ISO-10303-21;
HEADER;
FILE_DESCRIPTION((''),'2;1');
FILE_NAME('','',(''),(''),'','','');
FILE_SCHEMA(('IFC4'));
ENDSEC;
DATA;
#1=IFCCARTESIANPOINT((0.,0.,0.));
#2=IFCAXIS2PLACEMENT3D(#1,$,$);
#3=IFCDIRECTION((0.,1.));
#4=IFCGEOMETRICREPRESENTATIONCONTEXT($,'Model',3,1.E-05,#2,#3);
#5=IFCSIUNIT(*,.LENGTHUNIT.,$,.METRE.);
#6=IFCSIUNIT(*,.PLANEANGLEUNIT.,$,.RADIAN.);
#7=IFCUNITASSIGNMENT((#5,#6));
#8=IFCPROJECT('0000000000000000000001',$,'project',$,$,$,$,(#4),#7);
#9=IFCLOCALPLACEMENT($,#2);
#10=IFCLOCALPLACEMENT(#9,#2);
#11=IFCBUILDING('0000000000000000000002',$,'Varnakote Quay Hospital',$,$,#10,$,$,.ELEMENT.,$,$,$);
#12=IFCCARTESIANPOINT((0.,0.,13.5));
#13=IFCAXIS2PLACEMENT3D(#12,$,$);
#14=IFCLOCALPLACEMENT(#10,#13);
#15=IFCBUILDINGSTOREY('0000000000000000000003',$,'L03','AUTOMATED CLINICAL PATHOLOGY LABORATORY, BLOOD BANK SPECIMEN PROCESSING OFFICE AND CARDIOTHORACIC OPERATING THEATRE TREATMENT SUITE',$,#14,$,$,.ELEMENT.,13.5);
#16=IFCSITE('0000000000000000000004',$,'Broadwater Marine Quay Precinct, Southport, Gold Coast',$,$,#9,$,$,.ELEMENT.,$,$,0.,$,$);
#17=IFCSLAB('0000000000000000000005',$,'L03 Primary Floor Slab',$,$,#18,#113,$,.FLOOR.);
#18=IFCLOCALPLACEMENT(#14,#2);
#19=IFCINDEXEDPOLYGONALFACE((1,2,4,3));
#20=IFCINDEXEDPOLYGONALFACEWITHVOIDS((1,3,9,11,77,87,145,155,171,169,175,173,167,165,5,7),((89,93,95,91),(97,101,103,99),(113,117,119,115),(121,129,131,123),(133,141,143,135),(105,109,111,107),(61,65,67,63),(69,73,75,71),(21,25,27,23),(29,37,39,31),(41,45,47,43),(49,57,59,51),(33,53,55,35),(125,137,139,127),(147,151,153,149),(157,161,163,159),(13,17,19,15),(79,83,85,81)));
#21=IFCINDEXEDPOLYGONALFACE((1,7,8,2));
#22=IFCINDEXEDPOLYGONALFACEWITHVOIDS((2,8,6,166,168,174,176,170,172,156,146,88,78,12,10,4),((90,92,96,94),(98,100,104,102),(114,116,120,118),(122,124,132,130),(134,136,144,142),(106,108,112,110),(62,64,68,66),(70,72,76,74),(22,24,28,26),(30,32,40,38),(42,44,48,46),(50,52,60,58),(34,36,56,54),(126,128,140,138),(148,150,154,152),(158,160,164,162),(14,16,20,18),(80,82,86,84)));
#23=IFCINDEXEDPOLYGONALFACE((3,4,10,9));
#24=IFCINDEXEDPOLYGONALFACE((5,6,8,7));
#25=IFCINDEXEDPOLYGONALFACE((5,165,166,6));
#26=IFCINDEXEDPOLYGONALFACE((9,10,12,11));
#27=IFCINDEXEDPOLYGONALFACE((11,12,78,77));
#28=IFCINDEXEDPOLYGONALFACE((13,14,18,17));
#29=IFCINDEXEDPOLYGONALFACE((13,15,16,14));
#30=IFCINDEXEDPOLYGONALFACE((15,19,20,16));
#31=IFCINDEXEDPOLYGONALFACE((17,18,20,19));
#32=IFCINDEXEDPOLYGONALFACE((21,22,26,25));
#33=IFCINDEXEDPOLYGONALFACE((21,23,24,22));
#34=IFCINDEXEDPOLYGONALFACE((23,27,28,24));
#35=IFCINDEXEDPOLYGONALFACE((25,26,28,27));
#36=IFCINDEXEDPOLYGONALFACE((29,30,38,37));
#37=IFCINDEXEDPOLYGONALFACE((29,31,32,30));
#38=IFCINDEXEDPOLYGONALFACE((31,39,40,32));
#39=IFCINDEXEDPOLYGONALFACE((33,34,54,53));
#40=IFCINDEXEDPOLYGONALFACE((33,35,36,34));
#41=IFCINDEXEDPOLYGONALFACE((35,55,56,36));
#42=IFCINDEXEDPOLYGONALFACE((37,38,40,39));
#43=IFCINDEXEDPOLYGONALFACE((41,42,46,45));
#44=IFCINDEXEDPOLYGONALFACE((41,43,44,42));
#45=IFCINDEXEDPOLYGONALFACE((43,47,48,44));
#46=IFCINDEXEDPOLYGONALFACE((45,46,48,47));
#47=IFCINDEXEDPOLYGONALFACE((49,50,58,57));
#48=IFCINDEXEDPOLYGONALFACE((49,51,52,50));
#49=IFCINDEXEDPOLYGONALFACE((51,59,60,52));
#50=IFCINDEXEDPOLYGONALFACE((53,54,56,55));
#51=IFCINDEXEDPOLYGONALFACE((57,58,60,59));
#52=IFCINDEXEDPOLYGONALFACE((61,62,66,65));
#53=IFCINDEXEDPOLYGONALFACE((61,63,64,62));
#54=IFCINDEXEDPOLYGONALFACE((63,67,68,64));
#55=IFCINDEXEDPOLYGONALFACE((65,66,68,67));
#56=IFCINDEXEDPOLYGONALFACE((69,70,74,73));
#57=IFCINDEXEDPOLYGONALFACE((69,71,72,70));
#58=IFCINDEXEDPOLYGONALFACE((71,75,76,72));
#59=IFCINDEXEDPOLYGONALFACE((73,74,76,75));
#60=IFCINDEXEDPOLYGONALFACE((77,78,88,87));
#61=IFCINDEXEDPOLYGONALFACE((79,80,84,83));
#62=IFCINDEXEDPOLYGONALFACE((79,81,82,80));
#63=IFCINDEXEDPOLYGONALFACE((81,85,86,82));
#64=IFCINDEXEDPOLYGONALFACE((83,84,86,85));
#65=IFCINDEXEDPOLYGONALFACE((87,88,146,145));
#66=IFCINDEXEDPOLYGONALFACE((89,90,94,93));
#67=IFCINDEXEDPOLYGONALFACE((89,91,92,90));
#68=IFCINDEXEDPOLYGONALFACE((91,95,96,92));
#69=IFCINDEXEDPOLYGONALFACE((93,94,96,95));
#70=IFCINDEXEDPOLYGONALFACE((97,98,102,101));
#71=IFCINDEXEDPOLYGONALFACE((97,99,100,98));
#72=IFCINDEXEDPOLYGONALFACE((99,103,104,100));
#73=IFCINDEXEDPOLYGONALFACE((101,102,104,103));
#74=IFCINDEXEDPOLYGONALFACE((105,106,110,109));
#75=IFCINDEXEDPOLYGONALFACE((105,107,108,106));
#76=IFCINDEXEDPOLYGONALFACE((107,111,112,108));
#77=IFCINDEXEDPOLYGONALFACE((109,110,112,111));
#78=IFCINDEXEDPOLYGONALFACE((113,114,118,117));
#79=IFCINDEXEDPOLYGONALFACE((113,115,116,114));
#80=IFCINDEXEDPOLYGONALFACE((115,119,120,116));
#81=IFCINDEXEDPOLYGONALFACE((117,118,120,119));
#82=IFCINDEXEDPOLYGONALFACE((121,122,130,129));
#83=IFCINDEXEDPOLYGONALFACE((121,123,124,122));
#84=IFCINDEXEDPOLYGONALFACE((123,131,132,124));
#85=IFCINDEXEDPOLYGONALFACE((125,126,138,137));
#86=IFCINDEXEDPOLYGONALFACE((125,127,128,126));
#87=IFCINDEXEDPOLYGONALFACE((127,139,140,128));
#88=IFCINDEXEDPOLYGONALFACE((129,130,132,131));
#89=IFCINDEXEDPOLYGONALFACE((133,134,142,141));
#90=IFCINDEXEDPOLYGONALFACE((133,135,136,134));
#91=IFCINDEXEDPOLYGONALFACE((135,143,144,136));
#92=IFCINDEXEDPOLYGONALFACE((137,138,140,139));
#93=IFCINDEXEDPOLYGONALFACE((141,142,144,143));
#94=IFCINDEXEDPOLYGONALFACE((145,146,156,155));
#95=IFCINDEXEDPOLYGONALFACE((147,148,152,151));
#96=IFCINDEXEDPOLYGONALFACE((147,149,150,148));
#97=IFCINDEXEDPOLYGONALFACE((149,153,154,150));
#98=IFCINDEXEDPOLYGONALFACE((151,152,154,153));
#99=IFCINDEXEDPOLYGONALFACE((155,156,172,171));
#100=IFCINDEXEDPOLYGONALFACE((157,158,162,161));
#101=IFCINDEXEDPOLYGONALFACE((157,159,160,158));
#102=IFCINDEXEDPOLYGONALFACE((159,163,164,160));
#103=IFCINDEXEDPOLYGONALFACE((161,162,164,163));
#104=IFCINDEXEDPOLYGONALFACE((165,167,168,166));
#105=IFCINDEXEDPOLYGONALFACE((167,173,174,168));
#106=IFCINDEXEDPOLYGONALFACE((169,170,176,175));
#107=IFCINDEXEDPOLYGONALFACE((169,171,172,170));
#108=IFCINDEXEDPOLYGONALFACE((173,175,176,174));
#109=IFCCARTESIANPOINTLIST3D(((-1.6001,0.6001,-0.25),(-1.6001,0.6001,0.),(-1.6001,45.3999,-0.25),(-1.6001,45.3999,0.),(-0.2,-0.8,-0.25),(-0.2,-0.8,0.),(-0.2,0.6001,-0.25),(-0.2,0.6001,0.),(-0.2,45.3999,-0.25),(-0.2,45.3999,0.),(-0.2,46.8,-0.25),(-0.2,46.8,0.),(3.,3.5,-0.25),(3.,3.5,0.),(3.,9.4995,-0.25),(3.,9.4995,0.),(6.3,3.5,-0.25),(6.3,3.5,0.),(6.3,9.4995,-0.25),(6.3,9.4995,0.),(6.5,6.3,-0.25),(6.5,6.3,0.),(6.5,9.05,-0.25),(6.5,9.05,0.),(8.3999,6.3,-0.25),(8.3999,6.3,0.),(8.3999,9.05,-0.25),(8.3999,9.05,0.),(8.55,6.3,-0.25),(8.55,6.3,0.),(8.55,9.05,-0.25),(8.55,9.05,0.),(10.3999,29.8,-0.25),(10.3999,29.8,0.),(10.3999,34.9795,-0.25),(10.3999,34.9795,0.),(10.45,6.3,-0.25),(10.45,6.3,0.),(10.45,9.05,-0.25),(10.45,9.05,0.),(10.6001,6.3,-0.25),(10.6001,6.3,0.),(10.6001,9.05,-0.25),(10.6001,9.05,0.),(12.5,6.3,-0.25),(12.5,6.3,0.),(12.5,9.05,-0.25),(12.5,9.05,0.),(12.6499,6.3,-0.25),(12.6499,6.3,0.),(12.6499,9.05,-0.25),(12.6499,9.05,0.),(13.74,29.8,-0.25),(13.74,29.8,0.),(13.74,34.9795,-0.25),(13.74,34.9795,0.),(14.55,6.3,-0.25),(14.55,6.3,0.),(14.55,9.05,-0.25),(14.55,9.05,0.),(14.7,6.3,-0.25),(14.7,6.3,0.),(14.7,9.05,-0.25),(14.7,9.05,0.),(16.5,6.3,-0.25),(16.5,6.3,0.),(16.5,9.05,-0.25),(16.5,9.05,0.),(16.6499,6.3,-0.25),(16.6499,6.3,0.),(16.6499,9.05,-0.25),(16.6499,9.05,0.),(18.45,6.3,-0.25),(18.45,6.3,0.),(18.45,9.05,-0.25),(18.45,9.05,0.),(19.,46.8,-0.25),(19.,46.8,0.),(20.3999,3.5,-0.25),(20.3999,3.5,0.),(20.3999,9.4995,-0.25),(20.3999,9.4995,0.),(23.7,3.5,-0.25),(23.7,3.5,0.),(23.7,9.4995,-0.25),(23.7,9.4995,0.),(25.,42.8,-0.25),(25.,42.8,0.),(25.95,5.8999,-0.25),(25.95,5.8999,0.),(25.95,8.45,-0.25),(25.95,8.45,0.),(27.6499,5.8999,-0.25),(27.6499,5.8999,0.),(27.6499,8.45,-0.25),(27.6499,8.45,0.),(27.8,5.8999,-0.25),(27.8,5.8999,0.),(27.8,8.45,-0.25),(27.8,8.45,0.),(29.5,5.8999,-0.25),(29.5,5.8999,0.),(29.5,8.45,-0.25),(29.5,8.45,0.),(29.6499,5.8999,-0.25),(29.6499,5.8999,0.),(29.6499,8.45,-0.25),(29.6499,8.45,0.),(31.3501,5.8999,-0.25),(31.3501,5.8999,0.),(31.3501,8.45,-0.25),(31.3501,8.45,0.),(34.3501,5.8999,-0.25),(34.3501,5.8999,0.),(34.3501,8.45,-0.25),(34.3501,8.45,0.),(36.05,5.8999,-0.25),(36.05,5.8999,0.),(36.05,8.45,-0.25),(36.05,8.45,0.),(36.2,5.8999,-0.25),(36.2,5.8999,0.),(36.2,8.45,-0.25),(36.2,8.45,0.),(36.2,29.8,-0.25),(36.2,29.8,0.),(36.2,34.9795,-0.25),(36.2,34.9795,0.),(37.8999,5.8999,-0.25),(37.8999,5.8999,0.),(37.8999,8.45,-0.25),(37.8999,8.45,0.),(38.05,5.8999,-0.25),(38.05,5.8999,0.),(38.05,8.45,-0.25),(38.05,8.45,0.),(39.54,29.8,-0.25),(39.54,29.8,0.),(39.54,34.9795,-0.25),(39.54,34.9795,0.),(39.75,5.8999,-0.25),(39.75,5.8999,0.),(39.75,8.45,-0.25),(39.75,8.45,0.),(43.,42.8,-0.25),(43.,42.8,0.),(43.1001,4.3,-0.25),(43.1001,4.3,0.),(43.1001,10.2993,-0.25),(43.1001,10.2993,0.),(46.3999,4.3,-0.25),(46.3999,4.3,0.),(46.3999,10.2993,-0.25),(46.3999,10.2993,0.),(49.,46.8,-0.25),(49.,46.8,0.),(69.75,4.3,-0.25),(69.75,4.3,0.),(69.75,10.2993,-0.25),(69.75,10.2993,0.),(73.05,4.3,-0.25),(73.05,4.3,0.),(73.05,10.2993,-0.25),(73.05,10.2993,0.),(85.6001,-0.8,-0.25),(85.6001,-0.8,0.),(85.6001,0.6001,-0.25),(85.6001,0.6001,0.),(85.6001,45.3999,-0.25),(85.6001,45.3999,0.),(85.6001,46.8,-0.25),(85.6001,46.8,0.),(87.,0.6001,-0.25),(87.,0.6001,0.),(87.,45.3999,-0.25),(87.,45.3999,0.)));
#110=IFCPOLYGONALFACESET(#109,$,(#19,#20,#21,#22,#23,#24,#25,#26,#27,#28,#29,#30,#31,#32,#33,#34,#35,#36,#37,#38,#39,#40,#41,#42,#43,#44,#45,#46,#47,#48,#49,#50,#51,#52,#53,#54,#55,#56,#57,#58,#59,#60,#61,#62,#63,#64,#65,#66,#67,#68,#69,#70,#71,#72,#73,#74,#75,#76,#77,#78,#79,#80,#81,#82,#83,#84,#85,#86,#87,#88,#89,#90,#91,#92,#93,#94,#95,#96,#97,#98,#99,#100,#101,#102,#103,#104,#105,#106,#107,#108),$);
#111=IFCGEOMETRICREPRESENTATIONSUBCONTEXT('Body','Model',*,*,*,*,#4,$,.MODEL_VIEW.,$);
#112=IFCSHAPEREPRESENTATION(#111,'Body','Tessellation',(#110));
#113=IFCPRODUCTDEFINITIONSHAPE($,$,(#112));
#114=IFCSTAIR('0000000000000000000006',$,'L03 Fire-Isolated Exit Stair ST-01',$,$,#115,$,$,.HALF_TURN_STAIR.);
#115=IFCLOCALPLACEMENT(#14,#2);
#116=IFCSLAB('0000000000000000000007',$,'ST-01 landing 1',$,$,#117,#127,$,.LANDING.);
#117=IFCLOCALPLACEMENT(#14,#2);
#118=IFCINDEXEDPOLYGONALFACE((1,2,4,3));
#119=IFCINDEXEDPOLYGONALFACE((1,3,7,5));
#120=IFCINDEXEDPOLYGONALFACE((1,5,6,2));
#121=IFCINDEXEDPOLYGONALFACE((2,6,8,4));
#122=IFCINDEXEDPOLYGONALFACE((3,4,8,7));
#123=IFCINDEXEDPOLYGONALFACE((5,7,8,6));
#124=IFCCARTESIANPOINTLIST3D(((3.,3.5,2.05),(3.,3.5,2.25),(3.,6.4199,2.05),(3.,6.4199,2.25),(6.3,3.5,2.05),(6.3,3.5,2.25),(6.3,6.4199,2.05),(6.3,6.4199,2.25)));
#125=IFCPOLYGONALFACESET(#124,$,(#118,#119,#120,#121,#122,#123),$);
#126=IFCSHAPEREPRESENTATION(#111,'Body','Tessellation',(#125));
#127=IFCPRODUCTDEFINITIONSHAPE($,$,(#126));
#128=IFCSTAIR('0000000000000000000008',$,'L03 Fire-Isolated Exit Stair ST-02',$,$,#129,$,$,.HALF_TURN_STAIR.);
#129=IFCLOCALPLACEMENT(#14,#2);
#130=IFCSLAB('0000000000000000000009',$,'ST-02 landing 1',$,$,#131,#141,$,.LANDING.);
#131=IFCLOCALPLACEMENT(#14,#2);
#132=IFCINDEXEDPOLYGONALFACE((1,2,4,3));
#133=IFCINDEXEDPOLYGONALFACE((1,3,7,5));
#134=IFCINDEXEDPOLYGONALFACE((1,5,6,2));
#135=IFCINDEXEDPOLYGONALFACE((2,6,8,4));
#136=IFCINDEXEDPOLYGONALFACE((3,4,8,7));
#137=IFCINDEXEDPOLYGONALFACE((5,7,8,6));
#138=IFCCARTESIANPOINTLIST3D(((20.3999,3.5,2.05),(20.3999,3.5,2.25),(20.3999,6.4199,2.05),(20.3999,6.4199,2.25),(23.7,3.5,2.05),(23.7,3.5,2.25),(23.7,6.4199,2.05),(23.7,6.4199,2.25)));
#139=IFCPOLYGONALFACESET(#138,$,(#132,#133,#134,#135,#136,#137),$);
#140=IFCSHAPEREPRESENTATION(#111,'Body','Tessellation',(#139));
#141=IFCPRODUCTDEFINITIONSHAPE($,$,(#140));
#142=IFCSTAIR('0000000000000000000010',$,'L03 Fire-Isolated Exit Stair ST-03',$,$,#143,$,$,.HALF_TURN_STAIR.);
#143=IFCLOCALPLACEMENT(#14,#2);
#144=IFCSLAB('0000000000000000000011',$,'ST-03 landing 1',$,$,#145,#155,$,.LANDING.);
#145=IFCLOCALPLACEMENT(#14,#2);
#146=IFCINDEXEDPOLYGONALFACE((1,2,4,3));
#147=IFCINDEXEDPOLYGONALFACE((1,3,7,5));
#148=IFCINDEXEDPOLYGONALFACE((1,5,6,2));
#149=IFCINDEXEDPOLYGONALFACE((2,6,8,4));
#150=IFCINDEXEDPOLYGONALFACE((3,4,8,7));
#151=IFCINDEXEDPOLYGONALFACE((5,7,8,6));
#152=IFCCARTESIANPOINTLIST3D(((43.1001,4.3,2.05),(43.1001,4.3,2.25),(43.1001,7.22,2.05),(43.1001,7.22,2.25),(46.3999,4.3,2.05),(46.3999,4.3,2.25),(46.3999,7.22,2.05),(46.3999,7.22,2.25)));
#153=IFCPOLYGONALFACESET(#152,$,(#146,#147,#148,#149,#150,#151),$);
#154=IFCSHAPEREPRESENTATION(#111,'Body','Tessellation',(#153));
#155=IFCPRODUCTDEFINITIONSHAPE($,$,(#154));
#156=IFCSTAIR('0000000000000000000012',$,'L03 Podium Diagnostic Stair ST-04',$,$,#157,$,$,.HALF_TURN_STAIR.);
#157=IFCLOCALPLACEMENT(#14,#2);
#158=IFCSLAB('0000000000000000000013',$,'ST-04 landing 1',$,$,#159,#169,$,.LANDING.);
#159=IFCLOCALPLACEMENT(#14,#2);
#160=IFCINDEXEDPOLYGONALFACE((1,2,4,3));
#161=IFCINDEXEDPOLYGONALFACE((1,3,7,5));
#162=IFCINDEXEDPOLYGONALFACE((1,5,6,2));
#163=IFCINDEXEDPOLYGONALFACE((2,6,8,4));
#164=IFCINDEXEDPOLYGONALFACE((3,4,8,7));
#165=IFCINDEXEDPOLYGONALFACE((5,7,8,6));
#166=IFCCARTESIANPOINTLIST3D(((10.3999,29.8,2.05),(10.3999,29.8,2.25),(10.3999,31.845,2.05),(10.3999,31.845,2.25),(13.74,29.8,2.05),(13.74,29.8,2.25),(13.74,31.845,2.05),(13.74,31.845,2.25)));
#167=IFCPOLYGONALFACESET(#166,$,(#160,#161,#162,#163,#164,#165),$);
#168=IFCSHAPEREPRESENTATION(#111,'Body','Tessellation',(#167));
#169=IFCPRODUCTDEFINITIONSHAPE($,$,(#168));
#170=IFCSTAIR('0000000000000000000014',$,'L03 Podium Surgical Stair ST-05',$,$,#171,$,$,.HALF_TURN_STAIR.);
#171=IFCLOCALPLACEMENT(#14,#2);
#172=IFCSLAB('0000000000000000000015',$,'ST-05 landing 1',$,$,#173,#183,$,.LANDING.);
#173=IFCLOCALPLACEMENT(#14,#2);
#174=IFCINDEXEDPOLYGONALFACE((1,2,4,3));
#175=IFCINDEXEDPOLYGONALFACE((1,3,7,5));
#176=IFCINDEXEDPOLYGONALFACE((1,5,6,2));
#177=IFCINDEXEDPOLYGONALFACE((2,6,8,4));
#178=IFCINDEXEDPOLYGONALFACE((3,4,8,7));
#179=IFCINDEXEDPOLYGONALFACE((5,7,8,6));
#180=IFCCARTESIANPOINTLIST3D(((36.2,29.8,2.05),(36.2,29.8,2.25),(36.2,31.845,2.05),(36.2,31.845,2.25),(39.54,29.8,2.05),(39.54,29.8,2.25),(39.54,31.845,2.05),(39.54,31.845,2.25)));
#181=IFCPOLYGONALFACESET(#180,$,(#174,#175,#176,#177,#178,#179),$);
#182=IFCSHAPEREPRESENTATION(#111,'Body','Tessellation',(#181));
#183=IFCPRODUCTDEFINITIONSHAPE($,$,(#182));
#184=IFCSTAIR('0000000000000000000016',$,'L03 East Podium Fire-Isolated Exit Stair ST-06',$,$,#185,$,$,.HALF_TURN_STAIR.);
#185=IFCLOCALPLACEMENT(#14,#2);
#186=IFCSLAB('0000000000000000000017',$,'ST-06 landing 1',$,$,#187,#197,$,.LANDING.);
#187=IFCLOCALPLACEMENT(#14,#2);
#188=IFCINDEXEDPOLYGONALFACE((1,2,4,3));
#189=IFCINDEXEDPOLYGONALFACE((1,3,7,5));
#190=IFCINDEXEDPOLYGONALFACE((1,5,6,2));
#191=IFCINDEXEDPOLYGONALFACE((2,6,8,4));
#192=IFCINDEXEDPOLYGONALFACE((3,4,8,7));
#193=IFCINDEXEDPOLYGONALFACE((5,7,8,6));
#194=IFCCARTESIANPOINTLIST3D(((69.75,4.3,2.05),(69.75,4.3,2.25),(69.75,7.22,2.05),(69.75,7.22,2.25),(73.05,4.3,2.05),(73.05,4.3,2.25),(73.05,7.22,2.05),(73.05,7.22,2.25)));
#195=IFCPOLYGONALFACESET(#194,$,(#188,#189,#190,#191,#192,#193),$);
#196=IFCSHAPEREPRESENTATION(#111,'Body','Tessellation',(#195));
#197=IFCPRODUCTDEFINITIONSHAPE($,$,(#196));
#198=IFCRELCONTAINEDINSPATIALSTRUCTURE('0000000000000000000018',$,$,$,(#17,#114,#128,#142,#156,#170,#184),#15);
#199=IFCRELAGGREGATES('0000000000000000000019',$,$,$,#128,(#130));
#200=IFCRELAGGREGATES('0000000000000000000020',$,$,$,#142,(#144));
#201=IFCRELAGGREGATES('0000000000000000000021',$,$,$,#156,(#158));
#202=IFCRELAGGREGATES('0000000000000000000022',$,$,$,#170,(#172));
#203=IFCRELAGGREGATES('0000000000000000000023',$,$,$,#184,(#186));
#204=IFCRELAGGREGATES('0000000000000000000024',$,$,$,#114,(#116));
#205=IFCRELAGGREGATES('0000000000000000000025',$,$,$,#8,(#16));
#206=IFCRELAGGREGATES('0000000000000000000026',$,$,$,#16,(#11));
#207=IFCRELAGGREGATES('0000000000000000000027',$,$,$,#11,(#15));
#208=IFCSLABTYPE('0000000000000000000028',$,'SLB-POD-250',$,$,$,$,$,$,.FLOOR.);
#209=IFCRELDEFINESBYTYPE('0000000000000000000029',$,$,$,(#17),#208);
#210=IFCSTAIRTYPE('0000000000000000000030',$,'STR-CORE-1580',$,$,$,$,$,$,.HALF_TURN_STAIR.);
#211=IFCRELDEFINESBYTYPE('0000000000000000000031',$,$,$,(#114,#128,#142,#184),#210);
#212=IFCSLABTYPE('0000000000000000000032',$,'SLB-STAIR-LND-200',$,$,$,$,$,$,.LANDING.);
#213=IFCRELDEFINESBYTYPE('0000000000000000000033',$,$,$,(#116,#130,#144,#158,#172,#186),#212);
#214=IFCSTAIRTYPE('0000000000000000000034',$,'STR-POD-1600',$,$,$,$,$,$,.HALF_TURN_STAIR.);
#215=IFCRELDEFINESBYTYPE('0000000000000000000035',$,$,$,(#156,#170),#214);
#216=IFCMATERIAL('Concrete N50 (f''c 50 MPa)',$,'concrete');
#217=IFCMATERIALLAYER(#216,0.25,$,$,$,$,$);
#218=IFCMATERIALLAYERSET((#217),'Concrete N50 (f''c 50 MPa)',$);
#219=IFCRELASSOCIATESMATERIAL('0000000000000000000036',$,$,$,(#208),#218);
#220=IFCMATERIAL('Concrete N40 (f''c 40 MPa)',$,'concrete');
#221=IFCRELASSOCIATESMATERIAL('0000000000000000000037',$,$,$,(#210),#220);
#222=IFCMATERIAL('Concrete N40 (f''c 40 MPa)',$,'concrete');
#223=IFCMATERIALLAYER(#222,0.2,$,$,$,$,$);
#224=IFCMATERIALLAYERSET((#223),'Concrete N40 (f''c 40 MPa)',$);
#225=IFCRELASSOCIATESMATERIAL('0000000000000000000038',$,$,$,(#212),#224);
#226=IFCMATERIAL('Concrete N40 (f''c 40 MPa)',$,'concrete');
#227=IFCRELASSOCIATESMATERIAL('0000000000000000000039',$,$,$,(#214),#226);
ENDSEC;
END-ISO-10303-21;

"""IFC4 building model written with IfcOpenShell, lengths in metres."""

from ifc_helpers import new_model, si_unit, direction, frame, origin, place, context, subcontext, project, spatial, polyline, outline, extrude, material, layer, layer_set, type_object, element, aggregate, save


model = new_model("IFC4")

# Units and contexts
model_context = context("Model", 3, precision=1e-05, world=origin(), true_north=direction((0.0, 1.0)))
body_context = subcontext(model_context, "Body", "Model", "MODEL_VIEW")
ifc_project = project(units=[si_unit("LENGTHUNIT", "METRE"), si_unit("PLANEANGLEUNIT", "RADIAN")], contexts=[model_context])

# Site, building, storey
site_placement = place(None, origin())
site = spatial("IfcSite", under=ifc_project, at=site_placement, Name="Broadwater Marine Quay Precinct, Southport, Gold Coast", CompositionType="ELEMENT", RefElevation=0.0)
building_placement = place(site_placement, origin())
building = spatial("IfcBuilding", under=site, at=building_placement, Name="Varnakote Quay Hospital", CompositionType="ELEMENT")
storey_placement = place(building_placement, frame((0.0, 0.0, 13.5)))
storey = spatial("IfcBuildingStorey", under=building, at=storey_placement, Name="L03", Description="AUTOMATED CLINICAL PATHOLOGY LABORATORY, BLOOD BANK SPECIMEN PROCESSING OFFICE AND CARDIOTHORACIC OPERATING THEATRE TREATMENT SUITE", CompositionType="ELEMENT", Elevation=13.5)

# Slab
ifc_material_1 = material(Name="Concrete N50 (f'c 50 MPa)", Category="concrete")
ifc_layer_1 = layer(ifc_material_1, 0.25)
ifc_layer_set_1 = layer_set([ifc_layer_1], Name="Concrete N50 (f'c 50 MPa)")
slab_type_1 = type_object("IfcSlabType", Name="SLB-POD-250", PredefinedType="FLOOR", material=ifc_layer_set_1)
slab_1_placement = place(storey_placement, frame((0.0, 0.0, -0.25)))
element("IfcSlab", 1, at=slab_1_placement, inside=storey, type_object=slab_type_1, Name="L03 Primary Floor Slab", PredefinedType="FLOOR", context=body_context, shape_type="SweptSolid", body=[
    extrude(outline(polyline([(-1.6001, 0.6001), (-0.2, 0.6001), (-0.2, -0.8), (85.6001, -0.8), (85.6001, 0.6001), (87.0, 0.6001), (87.0, 45.3999), (85.6001, 45.3999), (85.6001, 46.8), (49.0, 46.8), (43.0, 42.8), (25.0, 42.8), (19.0, 46.8), (-0.2, 46.8), (-0.2, 45.3999), (-1.6001, 45.3999), (-1.6001, 0.6001)]), holes=[polyline([(3.0, 3.5), (6.3, 3.5), (6.3, 9.4995), (3.0, 9.4995), (3.0, 3.5)]), polyline([(20.3999, 3.5), (23.7, 3.5), (23.7, 9.4995), (20.3999, 9.4995), (20.3999, 3.5)]), polyline([(43.1001, 4.3), (46.3999, 4.3), (46.3999, 10.2993), (43.1001, 10.2993), (43.1001, 4.3)]), polyline([(10.3999, 29.8), (13.74, 29.8), (13.74, 34.9795), (10.3999, 34.9795), (10.3999, 29.8)]), polyline([(36.2, 29.8), (39.54, 29.8), (39.54, 34.9795), (36.2, 34.9795), (36.2, 29.8)]), polyline([(69.75, 4.3), (73.05, 4.3), (73.05, 10.2993), (69.75, 10.2993), (69.75, 4.3)]), polyline([(6.5, 6.3), (8.3999, 6.3), (8.3999, 9.05), (6.5, 9.05), (6.5, 6.3)]), polyline([(8.55, 6.3), (10.45, 6.3), (10.45, 9.05), (8.55, 9.05), (8.55, 6.3)]), polyline([(10.6001, 6.3), (12.5, 6.3), (12.5, 9.05), (10.6001, 9.05), (10.6001, 6.3)]), polyline([(12.6499, 6.3), (14.55, 6.3), (14.55, 9.05), (12.6499, 9.05), (12.6499, 6.3)]), polyline([(14.7, 6.3), (16.5, 6.3), (16.5, 9.05), (14.7, 9.05), (14.7, 6.3)]), polyline([(16.6499, 6.3), (18.45, 6.3), (18.45, 9.05), (16.6499, 9.05), (16.6499, 6.3)]), polyline([(25.95, 5.8999), (27.6499, 5.8999), (27.6499, 8.45), (25.95, 8.45), (25.95, 5.8999)]), polyline([(27.8, 5.8999), (29.5, 5.8999), (29.5, 8.45), (27.8, 8.45), (27.8, 5.8999)]), polyline([(29.6499, 5.8999), (31.3501, 5.8999), (31.3501, 8.45), (29.6499, 8.45), (29.6499, 5.8999)]), polyline([(34.3501, 5.8999), (36.05, 5.8999), (36.05, 8.45), (34.3501, 8.45), (34.3501, 5.8999)]), polyline([(36.2, 5.8999), (37.8999, 5.8999), (37.8999, 8.45), (36.2, 8.45), (36.2, 5.8999)]), polyline([(38.05, 5.8999), (39.75, 5.8999), (39.75, 8.45), (38.05, 8.45), (38.05, 5.8999)])]), origin(), (0.0, 0.0, 1.0), 0.25),
])

# Stairs, slabs
ifc_material_2 = material(Name="Concrete N40 (f'c 40 MPa)", Category="concrete")
stair_type_1 = type_object("IfcStairType", Name="STR-CORE-1580", PredefinedType="HALF_TURN_STAIR", material=ifc_material_2)
stair_1_placement = place(storey_placement, origin())
stair_1 = element("IfcStair", 2, at=stair_1_placement, inside=storey, type_object=stair_type_1, Name="L03 Fire-Isolated Exit Stair ST-01", PredefinedType="HALF_TURN_STAIR")
ifc_material_3 = material(Name="Concrete N40 (f'c 40 MPa)", Category="concrete")
ifc_layer_2 = layer(ifc_material_3, 0.2)
ifc_layer_set_2 = layer_set([ifc_layer_2], Name="Concrete N40 (f'c 40 MPa)")
slab_type_2 = type_object("IfcSlabType", Name="SLB-STAIR-LND-200", PredefinedType="LANDING", material=ifc_layer_set_2)
slab_2_placement = place(storey_placement, frame((0.0, 0.0, 2.05)))
slab_2 = element("IfcSlab", 3, at=slab_2_placement, type_object=slab_type_2, Name="ST-01 landing 1", PredefinedType="LANDING", context=body_context, shape_type="SweptSolid", body=[
    extrude(outline(polyline([(3.0, 6.4199), (3.0, 3.5), (6.3, 3.5), (6.3, 6.4199), (3.0, 6.4199)])), origin(), (0.0, 0.0, 1.0), 0.2),
])
stair_2_placement = place(storey_placement, origin())
stair_2 = element("IfcStair", 4, at=stair_2_placement, inside=storey, type_object=stair_type_1, Name="L03 Fire-Isolated Exit Stair ST-02", PredefinedType="HALF_TURN_STAIR")
slab_3_placement = place(storey_placement, frame((0.0, 0.0, 2.05)))
slab_3 = element("IfcSlab", 5, at=slab_3_placement, type_object=slab_type_2, Name="ST-02 landing 1", PredefinedType="LANDING", context=body_context, shape_type="SweptSolid", body=[
    extrude(outline(polyline([(20.3999, 6.4199), (20.3999, 3.5), (23.7, 3.5), (23.7, 6.4199), (20.3999, 6.4199)])), origin(), (0.0, 0.0, 1.0), 0.2),
])
aggregate(stair_2, [slab_3])
stair_3_placement = place(storey_placement, origin())
stair_3 = element("IfcStair", 6, at=stair_3_placement, inside=storey, type_object=stair_type_1, Name="L03 Fire-Isolated Exit Stair ST-03", PredefinedType="HALF_TURN_STAIR")
slab_4_placement = place(storey_placement, frame((0.0, 0.0, 2.05)))
slab_4 = element("IfcSlab", 7, at=slab_4_placement, type_object=slab_type_2, Name="ST-03 landing 1", PredefinedType="LANDING", context=body_context, shape_type="SweptSolid", body=[
    extrude(outline(polyline([(43.1001, 7.22), (43.1001, 4.3), (46.3999, 4.3), (46.3999, 7.22), (43.1001, 7.22)])), origin(), (0.0, 0.0, 1.0), 0.2),
])
aggregate(stair_3, [slab_4])
ifc_material_4 = material(Name="Concrete N40 (f'c 40 MPa)", Category="concrete")
stair_type_2 = type_object("IfcStairType", Name="STR-POD-1600", PredefinedType="HALF_TURN_STAIR", material=ifc_material_4)
stair_4_placement = place(storey_placement, origin())
stair_4 = element("IfcStair", 8, at=stair_4_placement, inside=storey, type_object=stair_type_2, Name="L03 Podium Diagnostic Stair ST-04", PredefinedType="HALF_TURN_STAIR")
slab_5_placement = place(storey_placement, frame((0.0, 0.0, 2.05)))
slab_5 = element("IfcSlab", 9, at=slab_5_placement, type_object=slab_type_2, Name="ST-04 landing 1", PredefinedType="LANDING", context=body_context, shape_type="SweptSolid", body=[
    extrude(outline(polyline([(10.3999, 31.845), (10.3999, 29.8), (13.74, 29.8), (13.74, 31.845), (10.3999, 31.845)])), origin(), (0.0, 0.0, 1.0), 0.2),
])
aggregate(stair_4, [slab_5])
stair_5_placement = place(storey_placement, origin())
stair_5 = element("IfcStair", 10, at=stair_5_placement, inside=storey, type_object=stair_type_2, Name="L03 Podium Surgical Stair ST-05", PredefinedType="HALF_TURN_STAIR")
slab_6_placement = place(storey_placement, frame((0.0, 0.0, 2.05)))
slab_6 = element("IfcSlab", 11, at=slab_6_placement, type_object=slab_type_2, Name="ST-05 landing 1", PredefinedType="LANDING", context=body_context, shape_type="SweptSolid", body=[
    extrude(outline(polyline([(36.2, 31.845), (36.2, 29.8), (39.54, 29.8), (39.54, 31.845), (36.2, 31.845)])), origin(), (0.0, 0.0, 1.0), 0.2),
])
aggregate(stair_5, [slab_6])
stair_6_placement = place(storey_placement, origin())
stair_6 = element("IfcStair", 12, at=stair_6_placement, inside=storey, type_object=stair_type_1, Name="L03 East Podium Fire-Isolated Exit Stair ST-06", PredefinedType="HALF_TURN_STAIR")
slab_7_placement = place(storey_placement, frame((0.0, 0.0, 2.05)))
slab_7 = element("IfcSlab", 13, at=slab_7_placement, type_object=slab_type_2, Name="ST-06 landing 1", PredefinedType="LANDING", context=body_context, shape_type="SweptSolid", body=[
    extrude(outline(polyline([(69.75, 7.22), (69.75, 4.3), (73.05, 4.3), (73.05, 7.22), (69.75, 7.22)])), origin(), (0.0, 0.0, 1.0), 0.2),
])
aggregate(stair_6, [slab_7])

aggregate(stair_1, [slab_2])

save(model, "model.ifc")
